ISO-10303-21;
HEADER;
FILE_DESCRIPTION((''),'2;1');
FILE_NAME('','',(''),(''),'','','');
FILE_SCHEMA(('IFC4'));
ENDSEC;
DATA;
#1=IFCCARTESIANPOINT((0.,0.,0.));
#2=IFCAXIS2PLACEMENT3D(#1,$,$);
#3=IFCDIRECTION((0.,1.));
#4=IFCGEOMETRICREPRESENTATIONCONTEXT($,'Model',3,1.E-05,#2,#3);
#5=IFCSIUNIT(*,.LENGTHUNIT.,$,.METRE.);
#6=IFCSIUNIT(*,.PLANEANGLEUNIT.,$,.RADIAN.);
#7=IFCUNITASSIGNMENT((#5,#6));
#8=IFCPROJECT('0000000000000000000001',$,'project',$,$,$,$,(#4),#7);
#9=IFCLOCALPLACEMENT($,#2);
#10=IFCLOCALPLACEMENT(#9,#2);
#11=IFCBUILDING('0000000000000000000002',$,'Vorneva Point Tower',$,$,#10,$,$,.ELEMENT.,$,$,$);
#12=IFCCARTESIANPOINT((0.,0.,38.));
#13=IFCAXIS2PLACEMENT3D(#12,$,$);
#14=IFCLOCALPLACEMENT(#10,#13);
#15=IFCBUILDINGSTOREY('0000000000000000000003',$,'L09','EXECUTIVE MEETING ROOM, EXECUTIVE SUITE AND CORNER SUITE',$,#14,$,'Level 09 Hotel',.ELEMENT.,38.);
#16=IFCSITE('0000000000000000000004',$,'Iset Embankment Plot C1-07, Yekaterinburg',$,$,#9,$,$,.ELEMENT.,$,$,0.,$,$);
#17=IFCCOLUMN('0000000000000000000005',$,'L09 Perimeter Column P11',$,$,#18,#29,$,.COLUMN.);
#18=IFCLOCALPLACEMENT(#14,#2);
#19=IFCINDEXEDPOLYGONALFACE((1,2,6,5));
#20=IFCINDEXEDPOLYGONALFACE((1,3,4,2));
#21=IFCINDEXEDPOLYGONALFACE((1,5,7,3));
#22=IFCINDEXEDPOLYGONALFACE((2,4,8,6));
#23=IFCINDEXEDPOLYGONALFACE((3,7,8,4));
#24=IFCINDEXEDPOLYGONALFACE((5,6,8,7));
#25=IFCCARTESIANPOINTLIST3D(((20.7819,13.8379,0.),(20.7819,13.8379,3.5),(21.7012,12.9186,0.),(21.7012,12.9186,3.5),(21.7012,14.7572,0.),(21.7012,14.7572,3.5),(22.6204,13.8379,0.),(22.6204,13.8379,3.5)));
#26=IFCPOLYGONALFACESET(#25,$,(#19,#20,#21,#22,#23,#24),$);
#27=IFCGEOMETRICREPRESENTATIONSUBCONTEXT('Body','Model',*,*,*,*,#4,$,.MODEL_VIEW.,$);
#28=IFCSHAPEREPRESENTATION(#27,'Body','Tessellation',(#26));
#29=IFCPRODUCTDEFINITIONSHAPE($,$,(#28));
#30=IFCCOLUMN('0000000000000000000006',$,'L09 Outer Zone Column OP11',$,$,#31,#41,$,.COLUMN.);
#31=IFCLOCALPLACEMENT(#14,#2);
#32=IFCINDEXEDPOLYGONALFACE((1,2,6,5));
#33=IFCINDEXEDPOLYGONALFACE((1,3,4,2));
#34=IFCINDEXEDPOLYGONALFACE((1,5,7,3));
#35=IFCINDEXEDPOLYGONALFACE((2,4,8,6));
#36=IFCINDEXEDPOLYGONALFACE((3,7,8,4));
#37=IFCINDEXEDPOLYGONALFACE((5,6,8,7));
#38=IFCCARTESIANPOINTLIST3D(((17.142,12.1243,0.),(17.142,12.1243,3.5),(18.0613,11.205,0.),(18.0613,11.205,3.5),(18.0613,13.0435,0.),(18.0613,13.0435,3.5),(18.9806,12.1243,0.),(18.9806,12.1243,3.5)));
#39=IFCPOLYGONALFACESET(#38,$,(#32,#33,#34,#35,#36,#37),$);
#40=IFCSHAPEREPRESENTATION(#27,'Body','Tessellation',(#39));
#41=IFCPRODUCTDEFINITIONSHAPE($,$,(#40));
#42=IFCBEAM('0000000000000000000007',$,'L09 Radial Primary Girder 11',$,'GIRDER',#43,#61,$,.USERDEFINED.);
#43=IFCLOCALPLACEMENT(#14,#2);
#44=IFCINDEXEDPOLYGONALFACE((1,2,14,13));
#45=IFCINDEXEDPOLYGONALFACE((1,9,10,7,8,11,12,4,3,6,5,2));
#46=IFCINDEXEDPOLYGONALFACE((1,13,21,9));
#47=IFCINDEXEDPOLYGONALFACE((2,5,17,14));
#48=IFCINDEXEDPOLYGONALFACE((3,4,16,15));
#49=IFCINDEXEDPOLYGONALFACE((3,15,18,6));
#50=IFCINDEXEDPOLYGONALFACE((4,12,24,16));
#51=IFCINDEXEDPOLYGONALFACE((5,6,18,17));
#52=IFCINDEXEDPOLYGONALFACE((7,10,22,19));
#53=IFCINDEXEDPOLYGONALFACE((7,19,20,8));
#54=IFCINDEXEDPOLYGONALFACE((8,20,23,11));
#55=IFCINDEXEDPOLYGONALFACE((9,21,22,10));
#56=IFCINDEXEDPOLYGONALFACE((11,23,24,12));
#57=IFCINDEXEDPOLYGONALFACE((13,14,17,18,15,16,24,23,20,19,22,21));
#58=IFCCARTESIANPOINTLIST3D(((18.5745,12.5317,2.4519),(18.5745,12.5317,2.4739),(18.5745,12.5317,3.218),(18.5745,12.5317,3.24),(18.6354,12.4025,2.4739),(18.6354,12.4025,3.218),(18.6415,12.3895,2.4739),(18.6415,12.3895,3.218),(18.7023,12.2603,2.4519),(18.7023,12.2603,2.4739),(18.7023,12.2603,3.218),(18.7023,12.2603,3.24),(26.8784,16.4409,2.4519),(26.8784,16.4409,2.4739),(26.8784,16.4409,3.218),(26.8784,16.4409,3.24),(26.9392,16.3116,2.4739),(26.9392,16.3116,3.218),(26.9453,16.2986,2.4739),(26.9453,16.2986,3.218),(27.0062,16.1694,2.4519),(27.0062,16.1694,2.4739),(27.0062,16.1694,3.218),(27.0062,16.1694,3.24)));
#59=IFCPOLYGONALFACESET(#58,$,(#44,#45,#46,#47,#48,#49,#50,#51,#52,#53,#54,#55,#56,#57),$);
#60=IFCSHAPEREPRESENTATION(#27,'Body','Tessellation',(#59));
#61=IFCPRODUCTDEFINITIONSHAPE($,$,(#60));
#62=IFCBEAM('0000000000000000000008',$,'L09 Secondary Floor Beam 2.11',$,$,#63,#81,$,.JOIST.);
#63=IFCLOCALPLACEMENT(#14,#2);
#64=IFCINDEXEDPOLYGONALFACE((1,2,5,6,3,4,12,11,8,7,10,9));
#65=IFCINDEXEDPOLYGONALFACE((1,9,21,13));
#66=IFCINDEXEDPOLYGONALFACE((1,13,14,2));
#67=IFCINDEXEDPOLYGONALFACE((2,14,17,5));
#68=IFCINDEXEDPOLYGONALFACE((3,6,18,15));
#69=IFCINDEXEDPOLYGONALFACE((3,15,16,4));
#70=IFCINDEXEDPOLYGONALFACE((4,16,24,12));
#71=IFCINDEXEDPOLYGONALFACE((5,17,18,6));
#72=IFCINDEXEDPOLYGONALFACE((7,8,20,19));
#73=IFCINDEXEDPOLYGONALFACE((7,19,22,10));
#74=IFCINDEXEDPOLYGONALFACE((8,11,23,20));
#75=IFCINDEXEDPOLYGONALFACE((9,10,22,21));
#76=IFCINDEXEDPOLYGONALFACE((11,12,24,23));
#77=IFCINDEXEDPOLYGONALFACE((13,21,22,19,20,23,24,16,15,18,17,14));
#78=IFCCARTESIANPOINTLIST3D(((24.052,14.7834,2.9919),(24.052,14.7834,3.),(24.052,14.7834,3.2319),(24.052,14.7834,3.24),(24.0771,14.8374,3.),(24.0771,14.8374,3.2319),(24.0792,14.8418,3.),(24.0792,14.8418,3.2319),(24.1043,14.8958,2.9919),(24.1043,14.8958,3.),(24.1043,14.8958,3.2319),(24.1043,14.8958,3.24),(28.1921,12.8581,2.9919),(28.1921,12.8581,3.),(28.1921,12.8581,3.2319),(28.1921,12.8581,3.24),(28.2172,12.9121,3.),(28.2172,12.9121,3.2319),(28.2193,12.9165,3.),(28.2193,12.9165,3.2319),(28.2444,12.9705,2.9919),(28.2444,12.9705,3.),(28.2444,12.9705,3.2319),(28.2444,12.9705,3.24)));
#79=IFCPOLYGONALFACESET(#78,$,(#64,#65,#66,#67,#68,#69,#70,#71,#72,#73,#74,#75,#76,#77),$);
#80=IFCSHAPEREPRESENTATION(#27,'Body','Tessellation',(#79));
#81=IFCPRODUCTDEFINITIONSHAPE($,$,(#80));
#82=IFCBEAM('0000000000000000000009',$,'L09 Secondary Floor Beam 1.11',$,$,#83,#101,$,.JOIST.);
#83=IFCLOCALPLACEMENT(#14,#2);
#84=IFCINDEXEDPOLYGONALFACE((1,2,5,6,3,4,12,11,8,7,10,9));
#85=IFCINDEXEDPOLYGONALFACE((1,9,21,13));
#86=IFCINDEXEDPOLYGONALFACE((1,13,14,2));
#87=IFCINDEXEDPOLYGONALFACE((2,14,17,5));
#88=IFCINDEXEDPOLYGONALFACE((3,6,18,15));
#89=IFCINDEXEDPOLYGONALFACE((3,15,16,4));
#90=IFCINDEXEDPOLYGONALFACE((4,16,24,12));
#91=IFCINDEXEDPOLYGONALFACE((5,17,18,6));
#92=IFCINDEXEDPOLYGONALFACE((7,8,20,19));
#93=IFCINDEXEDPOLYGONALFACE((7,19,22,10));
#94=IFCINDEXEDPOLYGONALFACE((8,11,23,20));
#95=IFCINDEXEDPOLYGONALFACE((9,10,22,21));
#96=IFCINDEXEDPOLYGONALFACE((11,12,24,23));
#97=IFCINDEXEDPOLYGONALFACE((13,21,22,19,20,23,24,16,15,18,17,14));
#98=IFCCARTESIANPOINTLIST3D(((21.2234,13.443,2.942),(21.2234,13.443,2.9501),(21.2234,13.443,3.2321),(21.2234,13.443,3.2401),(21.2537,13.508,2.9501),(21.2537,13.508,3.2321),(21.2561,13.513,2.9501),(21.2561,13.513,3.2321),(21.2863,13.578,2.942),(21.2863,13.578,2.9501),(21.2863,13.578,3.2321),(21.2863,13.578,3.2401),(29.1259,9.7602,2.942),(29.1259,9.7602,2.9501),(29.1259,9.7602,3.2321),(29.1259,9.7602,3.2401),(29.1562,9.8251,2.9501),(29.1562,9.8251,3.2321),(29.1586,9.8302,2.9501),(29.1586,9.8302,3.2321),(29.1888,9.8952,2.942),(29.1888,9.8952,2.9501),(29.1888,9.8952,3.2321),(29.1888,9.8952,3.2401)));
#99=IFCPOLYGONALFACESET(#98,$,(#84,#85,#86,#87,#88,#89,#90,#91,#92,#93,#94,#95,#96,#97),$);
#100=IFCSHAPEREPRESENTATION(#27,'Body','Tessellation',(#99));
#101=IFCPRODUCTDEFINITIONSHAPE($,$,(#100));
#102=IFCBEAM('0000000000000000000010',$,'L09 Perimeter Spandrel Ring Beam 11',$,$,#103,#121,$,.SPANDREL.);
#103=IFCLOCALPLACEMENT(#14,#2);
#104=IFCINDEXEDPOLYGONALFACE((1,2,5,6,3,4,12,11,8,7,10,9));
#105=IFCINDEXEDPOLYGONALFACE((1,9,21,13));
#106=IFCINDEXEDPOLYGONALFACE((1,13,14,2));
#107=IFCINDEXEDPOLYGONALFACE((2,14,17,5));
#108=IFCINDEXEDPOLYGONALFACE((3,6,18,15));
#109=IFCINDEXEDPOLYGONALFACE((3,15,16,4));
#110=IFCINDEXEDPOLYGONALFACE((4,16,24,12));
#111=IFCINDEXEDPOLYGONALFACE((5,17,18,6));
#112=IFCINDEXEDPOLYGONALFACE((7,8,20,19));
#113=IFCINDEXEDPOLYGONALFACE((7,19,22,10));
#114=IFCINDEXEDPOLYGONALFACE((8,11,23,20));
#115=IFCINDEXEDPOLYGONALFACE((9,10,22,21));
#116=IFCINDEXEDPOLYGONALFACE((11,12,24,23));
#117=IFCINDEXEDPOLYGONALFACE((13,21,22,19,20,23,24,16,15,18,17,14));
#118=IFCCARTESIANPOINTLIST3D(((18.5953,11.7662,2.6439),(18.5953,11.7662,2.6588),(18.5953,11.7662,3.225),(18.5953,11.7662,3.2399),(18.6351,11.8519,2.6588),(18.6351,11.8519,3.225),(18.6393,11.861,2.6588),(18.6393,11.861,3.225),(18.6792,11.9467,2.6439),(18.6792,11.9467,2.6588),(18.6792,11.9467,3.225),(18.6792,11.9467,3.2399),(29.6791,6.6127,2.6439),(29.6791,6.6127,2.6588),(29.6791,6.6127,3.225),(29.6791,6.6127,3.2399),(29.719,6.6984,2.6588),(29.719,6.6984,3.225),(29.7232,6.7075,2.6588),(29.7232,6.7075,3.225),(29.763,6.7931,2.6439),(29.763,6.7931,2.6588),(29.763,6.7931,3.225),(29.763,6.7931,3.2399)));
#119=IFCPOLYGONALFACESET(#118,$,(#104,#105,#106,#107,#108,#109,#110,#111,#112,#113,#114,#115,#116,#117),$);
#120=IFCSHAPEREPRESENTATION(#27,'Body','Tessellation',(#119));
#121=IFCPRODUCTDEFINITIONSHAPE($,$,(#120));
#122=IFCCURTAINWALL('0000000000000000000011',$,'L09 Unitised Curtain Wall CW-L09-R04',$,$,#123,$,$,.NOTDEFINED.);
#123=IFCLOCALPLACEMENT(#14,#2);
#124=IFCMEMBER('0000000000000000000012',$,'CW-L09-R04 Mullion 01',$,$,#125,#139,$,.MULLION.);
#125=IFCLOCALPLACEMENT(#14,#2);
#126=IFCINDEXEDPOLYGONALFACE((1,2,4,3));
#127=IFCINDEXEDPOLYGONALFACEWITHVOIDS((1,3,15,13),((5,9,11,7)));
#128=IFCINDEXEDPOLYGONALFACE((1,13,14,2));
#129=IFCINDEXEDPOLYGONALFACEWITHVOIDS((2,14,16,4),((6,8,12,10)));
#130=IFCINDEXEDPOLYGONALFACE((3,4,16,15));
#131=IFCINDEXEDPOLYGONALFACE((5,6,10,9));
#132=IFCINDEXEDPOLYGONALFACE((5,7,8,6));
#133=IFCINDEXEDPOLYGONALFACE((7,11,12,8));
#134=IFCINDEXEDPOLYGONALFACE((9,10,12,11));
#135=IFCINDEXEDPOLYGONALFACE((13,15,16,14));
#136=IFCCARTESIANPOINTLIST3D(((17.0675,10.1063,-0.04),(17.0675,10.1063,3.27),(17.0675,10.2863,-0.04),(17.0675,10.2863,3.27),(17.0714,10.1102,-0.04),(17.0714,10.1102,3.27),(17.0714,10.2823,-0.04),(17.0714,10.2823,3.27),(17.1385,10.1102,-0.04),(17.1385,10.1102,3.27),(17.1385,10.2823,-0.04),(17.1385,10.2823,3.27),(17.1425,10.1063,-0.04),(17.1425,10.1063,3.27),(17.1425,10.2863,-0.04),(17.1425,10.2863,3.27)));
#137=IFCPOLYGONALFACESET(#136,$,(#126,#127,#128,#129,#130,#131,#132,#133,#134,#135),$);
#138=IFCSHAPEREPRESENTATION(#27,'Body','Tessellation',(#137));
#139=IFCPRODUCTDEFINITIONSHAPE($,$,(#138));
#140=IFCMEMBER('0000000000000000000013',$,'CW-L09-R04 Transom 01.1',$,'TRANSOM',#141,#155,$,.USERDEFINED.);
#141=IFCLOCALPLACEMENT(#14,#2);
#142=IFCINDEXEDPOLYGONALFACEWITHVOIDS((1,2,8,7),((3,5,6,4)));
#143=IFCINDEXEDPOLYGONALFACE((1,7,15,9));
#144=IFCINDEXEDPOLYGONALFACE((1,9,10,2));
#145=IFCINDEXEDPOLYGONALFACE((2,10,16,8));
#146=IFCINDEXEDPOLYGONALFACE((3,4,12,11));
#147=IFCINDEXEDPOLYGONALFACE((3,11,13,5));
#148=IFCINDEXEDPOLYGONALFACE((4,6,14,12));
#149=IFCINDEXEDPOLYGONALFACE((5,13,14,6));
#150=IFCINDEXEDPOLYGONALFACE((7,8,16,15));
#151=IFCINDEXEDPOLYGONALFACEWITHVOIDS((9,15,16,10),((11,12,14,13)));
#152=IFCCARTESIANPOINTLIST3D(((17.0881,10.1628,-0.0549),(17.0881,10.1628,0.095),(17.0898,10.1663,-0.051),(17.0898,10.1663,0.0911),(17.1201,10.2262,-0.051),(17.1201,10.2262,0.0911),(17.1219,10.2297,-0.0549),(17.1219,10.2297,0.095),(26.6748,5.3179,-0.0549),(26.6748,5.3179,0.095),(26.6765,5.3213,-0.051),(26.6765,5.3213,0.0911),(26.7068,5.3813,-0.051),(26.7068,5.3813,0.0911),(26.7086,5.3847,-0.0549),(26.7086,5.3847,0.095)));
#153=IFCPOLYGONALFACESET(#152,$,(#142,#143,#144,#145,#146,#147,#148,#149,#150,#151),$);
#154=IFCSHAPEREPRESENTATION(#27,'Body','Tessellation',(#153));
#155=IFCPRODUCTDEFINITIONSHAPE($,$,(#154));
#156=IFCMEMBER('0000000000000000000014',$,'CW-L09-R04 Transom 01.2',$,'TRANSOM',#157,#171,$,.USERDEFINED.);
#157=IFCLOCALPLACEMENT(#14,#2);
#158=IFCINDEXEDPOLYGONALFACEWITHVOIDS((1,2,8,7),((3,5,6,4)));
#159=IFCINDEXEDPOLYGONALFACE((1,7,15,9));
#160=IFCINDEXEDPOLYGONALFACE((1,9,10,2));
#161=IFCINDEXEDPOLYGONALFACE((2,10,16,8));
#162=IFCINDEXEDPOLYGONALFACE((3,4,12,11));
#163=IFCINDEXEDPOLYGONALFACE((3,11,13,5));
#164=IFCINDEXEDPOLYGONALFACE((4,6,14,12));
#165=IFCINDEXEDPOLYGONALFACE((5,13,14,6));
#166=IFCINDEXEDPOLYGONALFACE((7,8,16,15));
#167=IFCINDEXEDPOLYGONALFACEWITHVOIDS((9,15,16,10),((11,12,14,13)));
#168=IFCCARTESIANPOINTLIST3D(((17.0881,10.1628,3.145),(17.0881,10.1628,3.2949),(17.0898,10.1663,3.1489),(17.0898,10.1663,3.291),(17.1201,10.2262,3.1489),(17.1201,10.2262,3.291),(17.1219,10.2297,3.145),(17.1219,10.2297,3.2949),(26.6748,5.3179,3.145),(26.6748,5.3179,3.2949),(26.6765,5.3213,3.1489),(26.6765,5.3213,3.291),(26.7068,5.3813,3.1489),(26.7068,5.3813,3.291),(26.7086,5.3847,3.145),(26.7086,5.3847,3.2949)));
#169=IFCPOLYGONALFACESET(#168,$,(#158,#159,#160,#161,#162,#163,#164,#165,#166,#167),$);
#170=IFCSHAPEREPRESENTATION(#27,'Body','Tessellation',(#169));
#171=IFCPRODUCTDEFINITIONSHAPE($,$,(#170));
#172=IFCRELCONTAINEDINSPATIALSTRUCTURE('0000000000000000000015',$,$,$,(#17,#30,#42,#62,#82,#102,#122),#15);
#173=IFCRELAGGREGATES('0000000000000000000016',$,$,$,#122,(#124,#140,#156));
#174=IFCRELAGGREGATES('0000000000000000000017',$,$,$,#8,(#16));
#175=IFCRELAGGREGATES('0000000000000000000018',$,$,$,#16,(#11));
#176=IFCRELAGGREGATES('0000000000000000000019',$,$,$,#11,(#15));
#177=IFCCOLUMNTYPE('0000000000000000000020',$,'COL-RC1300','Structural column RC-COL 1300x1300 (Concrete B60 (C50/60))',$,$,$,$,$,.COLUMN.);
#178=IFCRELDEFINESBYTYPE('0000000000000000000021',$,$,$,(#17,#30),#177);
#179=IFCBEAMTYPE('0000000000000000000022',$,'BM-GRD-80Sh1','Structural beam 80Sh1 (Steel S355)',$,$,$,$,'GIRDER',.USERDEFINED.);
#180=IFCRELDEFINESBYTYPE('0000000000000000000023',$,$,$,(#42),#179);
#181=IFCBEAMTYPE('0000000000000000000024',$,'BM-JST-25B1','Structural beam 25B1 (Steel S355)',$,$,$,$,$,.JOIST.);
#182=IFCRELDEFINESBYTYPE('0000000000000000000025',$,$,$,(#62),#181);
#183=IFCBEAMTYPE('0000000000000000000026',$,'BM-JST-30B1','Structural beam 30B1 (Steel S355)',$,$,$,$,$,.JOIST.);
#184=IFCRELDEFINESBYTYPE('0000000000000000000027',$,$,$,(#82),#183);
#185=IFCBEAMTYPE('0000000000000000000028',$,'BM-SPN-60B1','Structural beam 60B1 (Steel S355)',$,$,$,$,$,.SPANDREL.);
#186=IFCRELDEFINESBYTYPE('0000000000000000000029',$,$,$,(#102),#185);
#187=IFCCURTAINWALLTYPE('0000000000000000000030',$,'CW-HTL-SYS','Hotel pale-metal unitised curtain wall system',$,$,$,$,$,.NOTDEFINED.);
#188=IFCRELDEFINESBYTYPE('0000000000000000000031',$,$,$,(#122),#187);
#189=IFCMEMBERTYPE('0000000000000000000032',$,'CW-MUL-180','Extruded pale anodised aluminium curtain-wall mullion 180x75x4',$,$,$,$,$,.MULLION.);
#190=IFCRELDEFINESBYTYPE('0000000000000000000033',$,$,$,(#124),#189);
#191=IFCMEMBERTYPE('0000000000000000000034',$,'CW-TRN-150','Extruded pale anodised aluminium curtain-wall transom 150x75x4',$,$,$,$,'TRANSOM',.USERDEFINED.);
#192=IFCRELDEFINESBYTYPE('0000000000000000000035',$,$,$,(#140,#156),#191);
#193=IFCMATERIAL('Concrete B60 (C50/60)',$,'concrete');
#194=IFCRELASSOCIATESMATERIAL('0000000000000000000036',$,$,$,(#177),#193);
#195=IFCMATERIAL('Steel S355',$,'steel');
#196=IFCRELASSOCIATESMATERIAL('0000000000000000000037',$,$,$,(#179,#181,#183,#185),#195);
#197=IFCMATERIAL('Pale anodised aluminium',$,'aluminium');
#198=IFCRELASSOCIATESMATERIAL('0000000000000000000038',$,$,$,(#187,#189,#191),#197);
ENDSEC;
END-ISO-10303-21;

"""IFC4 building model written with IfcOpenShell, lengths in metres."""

from ifc_helpers import new_model, si_unit, direction, frame, origin, origin_2d, place, context, subcontext, project, spatial, rectangle, hollow_rectangle, i_section, extrude, material, material_profile, profile_set, type_object, element, aggregate, save


model = new_model("IFC4")

# Units and contexts
model_context = context("Model", 3, precision=1e-05, world=origin(), true_north=direction((0.0, 1.0)))
body_context = subcontext(model_context, "Body", "Model", "MODEL_VIEW")
ifc_project = project(units=[si_unit("LENGTHUNIT", "METRE"), si_unit("PLANEANGLEUNIT", "RADIAN")], contexts=[model_context])

# Site, building, storey
site_placement = place(None, origin())
site = spatial("IfcSite", under=ifc_project, at=site_placement, Name="Iset Embankment Plot C1-07, Yekaterinburg", CompositionType="ELEMENT", RefElevation=0.0)
building_placement = place(site_placement, origin())
building = spatial("IfcBuilding", under=site, at=building_placement, Name="Vorneva Point Tower", CompositionType="ELEMENT")
storey_placement = place(building_placement, frame((0.0, 0.0, 38.0)))
storey = spatial("IfcBuildingStorey", under=building, at=storey_placement, Name="L09", Description="EXECUTIVE MEETING ROOM, EXECUTIVE SUITE AND CORNER SUITE", LongName="Level 09 Hotel", CompositionType="ELEMENT", Elevation=38.0)

# Columns
ifc_material_1 = material(Name="Concrete B60 (C50/60)", Category="concrete")
ifc_material_profile_1 = material_profile(ifc_material_1, rectangle(XDim=1.3, YDim=1.3, at=origin_2d()), Name="RC-COL 1300x1300")
ifc_profile_set_1 = profile_set([ifc_material_profile_1], Name="Concrete B60 (C50/60)")
column_type = type_object("IfcColumnType", Name="COL-RC1300", Description="Structural column RC-COL 1300x1300 (Concrete B60 (C50/60))", PredefinedType="COLUMN", material=ifc_profile_set_1)
for number, where, z_axis, x_axis, name in (
    (1, (21.7012, 13.8379, 0.0), (0.0, 0.0, 1.0), (-0.707107, -0.707107, 0.0), "L09 Perimeter Column P11"),
    (2, (18.0613, 12.1243, 0.0), (0.0, 0.0, 1.0), (-0.707107, -0.707107, 0.0), "L09 Outer Zone Column OP11"),
):
    element("IfcColumn", number, at=place(storey_placement, frame(where, z_axis=z_axis, x_axis=x_axis)), inside=storey, type_object=column_type, Name=name, PredefinedType="COLUMN", context=body_context, shape_type="SweptSolid", body=[
        extrude(rectangle(XDim=1.3, YDim=1.3, at=origin_2d()), origin(), (0.0, 0.0, 1.0), 3.5),
    ])

# Beams
ifc_material_2 = material(Name="Steel S355", Category="steel")
ifc_material_profile_2 = material_profile(ifc_material_2, i_section(OverallWidth=0.3, OverallDepth=0.7881, WebThickness=0.0144, FlangeThickness=0.022, at=origin_2d()), Name="80Sh1")
ifc_profile_set_2 = profile_set([ifc_material_profile_2], Name="Steel S355")
beam_type_1 = type_object("IfcBeamType", Name="BM-GRD-80Sh1", Description="Structural beam 80Sh1 (Steel S355)", ElementType="GIRDER", PredefinedType="USERDEFINED", material=ifc_profile_set_2)
beam_1_placement = place(storey_placement, frame((18.6384, 12.396, 2.8459), z_axis=(0.904758, 0.425925, 0.0), x_axis=(-0.425925, 0.904758, 0.0)))
element("IfcBeam", 3, at=beam_1_placement, inside=storey, type_object=beam_type_1, Name="L09 Radial Primary Girder 11", ObjectType="GIRDER", PredefinedType="USERDEFINED", context=body_context, shape_type="SweptSolid", body=[
    extrude(i_section(OverallWidth=0.3, OverallDepth=0.7881, WebThickness=0.0144, FlangeThickness=0.022, at=origin_2d()), origin(), (0.0, 0.0, 1.0), 9.178),
])
ifc_material_profile_3 = material_profile(ifc_material_2, i_section(OverallWidth=0.124, OverallDepth=0.248, WebThickness=0.0049, FlangeThickness=0.0081, at=origin_2d()), Name="25B1")
ifc_profile_set_3 = profile_set([ifc_material_profile_3], Name="Steel S355")
beam_type_2 = type_object("IfcBeamType", Name="BM-JST-25B1", Description="Structural beam 25B1 (Steel S355)", PredefinedType="JOIST", material=ifc_profile_set_3)
beam_2_placement = place(storey_placement, frame((24.0781, 14.8396, 3.116), z_axis=(0.906751, -0.421667, 0.0), x_axis=(0.421667, 0.906751, 0.0)))
element("IfcBeam", 4, at=beam_2_placement, inside=storey, type_object=beam_type_2, Name="L09 Secondary Floor Beam 2.11", PredefinedType="JOIST", context=body_context, shape_type="SweptSolid", body=[
    extrude(i_section(OverallWidth=0.124, OverallDepth=0.248, WebThickness=0.0049, FlangeThickness=0.0081, at=origin_2d()), origin(), (0.0, 0.0, 1.0), 4.5659),
])
ifc_material_profile_4 = material_profile(ifc_material_2, i_section(OverallWidth=0.1489, OverallDepth=0.2981, WebThickness=0.0056, FlangeThickness=0.0081, at=origin_2d()), Name="30B1")
ifc_profile_set_4 = profile_set([ifc_material_profile_4], Name="Steel S355")
beam_type_3 = type_object("IfcBeamType", Name="BM-JST-30B1", Description="Structural beam 30B1 (Steel S355)", PredefinedType="JOIST", material=ifc_profile_set_4)
beam_3_placement = place(storey_placement, frame((21.2549, 13.5105, 3.0911), z_axis=(0.906403, -0.422413, 0.0), x_axis=(0.422413, 0.906403, 0.0)))
element("IfcBeam", 5, at=beam_3_placement, inside=storey, type_object=beam_type_3, Name="L09 Secondary Floor Beam 1.11", PredefinedType="JOIST", context=body_context, shape_type="SweptSolid", body=[
    extrude(i_section(OverallWidth=0.1489, OverallDepth=0.2981, WebThickness=0.0056, FlangeThickness=0.0081, at=origin_2d()), origin(), (0.0, 0.0, 1.0), 8.7185),
])
ifc_material_profile_5 = material_profile(ifc_material_2, i_section(OverallWidth=0.199, OverallDepth=0.5959, WebThickness=0.01, FlangeThickness=0.0149, at=origin_2d()), Name="60B1")
ifc_profile_set_5 = profile_set([ifc_material_profile_5], Name="Steel S355")
beam_type_4 = type_object("IfcBeamType", Name="BM-SPN-60B1", Description="Structural beam 60B1 (Steel S355)", PredefinedType="SPANDREL", material=ifc_profile_set_5)
beam_4_placement = place(storey_placement, frame((18.6372, 11.8564, 2.9419), z_axis=(0.906777, -0.421611, 0.0), x_axis=(0.421611, 0.906777, 0.0)))
element("IfcBeam", 6, at=beam_4_placement, inside=storey, type_object=beam_type_4, Name="L09 Perimeter Spandrel Ring Beam 11", PredefinedType="SPANDREL", context=body_context, shape_type="SweptSolid", body=[
    extrude(i_section(OverallWidth=0.199, OverallDepth=0.5959, WebThickness=0.01, FlangeThickness=0.0149, at=origin_2d()), origin(), (0.0, 0.0, 1.0), 12.2234),
])

# Curtain wall, members
ifc_material_3 = material(Name="Pale anodised aluminium", Category="aluminium")
curtain_wall_type = type_object("IfcCurtainWallType", Name="CW-HTL-SYS", Description="Hotel pale-metal unitised curtain wall system", PredefinedType="NOTDEFINED", material=ifc_material_3)
curtain_wall_placement = place(storey_placement, origin())
curtain_wall = element("IfcCurtainWall", 7, at=curtain_wall_placement, inside=storey, type_object=curtain_wall_type, Name="L09 Unitised Curtain Wall CW-L09-R04", PredefinedType="NOTDEFINED")
ifc_material_profile_6 = material_profile(ifc_material_3, hollow_rectangle(XDim=0.075, YDim=0.1799, WallThickness=0.0039, at=origin_2d()), Name="AL-MUL 180x75x4")
ifc_profile_set_6 = profile_set([ifc_material_profile_6], Name="Pale anodised aluminium")
member_type_1 = type_object("IfcMemberType", Name="CW-MUL-180", Description="Extruded pale anodised aluminium curtain-wall mullion 180x75x4", PredefinedType="MULLION", material=ifc_profile_set_6)
member_1_placement = place(storey_placement, frame((17.105, 10.1963, -0.04), z_axis=(0.0, 0.0, 1.0), x_axis=(1.0, 0.0, 0.0)))
member_1 = element("IfcMember", 8, at=member_1_placement, type_object=member_type_1, Name="CW-L09-R04 Mullion 01", PredefinedType="MULLION", context=body_context, shape_type="SweptSolid", body=[
    extrude(hollow_rectangle(XDim=0.075, YDim=0.1799, WallThickness=0.0039, at=origin_2d()), origin(), (0.0, 0.0, 1.0), 3.3101),
])
ifc_material_profile_7 = material_profile(ifc_material_3, hollow_rectangle(XDim=0.075, YDim=0.1499, WallThickness=0.0039, at=origin_2d()), Name="AL-TRN 150x75x4")
ifc_profile_set_7 = profile_set([ifc_material_profile_7], Name="Pale anodised aluminium")
member_type_2 = type_object("IfcMemberType", Name="CW-TRN-150", Description="Extruded pale anodised aluminium curtain-wall transom 150x75x4", ElementType="TRANSOM", PredefinedType="USERDEFINED", material=ifc_profile_set_7)
member_2_placement = place(storey_placement, frame((17.105, 10.1963, 0.02), z_axis=(0.892496, -0.451055, 0.0), x_axis=(0.451055, 0.892496, 0.0)))
member_2 = element("IfcMember", 9, at=member_2_placement, type_object=member_type_2, Name="CW-L09-R04 Transom 01.1", ObjectType="TRANSOM", PredefinedType="USERDEFINED", context=body_context, shape_type="SweptSolid", body=[
    extrude(hollow_rectangle(XDim=0.075, YDim=0.1499, WallThickness=0.0039, at=origin_2d()), origin(), (0.0, 0.0, 1.0), 10.7415),
])
member_3_placement = place(storey_placement, frame((17.105, 10.1963, 3.22), z_axis=(0.892496, -0.451055, 0.0), x_axis=(0.451055, 0.892496, 0.0)))
member_3 = element("IfcMember", 10, at=member_3_placement, type_object=member_type_2, Name="CW-L09-R04 Transom 01.2", ObjectType="TRANSOM", PredefinedType="USERDEFINED", context=body_context, shape_type="SweptSolid", body=[
    extrude(hollow_rectangle(XDim=0.075, YDim=0.1499, WallThickness=0.0039, at=origin_2d()), origin(), (0.0, 0.0, 1.0), 10.7415),
])
aggregate(curtain_wall, [member_1, member_2, member_3])

save(model, "model.ifc")
